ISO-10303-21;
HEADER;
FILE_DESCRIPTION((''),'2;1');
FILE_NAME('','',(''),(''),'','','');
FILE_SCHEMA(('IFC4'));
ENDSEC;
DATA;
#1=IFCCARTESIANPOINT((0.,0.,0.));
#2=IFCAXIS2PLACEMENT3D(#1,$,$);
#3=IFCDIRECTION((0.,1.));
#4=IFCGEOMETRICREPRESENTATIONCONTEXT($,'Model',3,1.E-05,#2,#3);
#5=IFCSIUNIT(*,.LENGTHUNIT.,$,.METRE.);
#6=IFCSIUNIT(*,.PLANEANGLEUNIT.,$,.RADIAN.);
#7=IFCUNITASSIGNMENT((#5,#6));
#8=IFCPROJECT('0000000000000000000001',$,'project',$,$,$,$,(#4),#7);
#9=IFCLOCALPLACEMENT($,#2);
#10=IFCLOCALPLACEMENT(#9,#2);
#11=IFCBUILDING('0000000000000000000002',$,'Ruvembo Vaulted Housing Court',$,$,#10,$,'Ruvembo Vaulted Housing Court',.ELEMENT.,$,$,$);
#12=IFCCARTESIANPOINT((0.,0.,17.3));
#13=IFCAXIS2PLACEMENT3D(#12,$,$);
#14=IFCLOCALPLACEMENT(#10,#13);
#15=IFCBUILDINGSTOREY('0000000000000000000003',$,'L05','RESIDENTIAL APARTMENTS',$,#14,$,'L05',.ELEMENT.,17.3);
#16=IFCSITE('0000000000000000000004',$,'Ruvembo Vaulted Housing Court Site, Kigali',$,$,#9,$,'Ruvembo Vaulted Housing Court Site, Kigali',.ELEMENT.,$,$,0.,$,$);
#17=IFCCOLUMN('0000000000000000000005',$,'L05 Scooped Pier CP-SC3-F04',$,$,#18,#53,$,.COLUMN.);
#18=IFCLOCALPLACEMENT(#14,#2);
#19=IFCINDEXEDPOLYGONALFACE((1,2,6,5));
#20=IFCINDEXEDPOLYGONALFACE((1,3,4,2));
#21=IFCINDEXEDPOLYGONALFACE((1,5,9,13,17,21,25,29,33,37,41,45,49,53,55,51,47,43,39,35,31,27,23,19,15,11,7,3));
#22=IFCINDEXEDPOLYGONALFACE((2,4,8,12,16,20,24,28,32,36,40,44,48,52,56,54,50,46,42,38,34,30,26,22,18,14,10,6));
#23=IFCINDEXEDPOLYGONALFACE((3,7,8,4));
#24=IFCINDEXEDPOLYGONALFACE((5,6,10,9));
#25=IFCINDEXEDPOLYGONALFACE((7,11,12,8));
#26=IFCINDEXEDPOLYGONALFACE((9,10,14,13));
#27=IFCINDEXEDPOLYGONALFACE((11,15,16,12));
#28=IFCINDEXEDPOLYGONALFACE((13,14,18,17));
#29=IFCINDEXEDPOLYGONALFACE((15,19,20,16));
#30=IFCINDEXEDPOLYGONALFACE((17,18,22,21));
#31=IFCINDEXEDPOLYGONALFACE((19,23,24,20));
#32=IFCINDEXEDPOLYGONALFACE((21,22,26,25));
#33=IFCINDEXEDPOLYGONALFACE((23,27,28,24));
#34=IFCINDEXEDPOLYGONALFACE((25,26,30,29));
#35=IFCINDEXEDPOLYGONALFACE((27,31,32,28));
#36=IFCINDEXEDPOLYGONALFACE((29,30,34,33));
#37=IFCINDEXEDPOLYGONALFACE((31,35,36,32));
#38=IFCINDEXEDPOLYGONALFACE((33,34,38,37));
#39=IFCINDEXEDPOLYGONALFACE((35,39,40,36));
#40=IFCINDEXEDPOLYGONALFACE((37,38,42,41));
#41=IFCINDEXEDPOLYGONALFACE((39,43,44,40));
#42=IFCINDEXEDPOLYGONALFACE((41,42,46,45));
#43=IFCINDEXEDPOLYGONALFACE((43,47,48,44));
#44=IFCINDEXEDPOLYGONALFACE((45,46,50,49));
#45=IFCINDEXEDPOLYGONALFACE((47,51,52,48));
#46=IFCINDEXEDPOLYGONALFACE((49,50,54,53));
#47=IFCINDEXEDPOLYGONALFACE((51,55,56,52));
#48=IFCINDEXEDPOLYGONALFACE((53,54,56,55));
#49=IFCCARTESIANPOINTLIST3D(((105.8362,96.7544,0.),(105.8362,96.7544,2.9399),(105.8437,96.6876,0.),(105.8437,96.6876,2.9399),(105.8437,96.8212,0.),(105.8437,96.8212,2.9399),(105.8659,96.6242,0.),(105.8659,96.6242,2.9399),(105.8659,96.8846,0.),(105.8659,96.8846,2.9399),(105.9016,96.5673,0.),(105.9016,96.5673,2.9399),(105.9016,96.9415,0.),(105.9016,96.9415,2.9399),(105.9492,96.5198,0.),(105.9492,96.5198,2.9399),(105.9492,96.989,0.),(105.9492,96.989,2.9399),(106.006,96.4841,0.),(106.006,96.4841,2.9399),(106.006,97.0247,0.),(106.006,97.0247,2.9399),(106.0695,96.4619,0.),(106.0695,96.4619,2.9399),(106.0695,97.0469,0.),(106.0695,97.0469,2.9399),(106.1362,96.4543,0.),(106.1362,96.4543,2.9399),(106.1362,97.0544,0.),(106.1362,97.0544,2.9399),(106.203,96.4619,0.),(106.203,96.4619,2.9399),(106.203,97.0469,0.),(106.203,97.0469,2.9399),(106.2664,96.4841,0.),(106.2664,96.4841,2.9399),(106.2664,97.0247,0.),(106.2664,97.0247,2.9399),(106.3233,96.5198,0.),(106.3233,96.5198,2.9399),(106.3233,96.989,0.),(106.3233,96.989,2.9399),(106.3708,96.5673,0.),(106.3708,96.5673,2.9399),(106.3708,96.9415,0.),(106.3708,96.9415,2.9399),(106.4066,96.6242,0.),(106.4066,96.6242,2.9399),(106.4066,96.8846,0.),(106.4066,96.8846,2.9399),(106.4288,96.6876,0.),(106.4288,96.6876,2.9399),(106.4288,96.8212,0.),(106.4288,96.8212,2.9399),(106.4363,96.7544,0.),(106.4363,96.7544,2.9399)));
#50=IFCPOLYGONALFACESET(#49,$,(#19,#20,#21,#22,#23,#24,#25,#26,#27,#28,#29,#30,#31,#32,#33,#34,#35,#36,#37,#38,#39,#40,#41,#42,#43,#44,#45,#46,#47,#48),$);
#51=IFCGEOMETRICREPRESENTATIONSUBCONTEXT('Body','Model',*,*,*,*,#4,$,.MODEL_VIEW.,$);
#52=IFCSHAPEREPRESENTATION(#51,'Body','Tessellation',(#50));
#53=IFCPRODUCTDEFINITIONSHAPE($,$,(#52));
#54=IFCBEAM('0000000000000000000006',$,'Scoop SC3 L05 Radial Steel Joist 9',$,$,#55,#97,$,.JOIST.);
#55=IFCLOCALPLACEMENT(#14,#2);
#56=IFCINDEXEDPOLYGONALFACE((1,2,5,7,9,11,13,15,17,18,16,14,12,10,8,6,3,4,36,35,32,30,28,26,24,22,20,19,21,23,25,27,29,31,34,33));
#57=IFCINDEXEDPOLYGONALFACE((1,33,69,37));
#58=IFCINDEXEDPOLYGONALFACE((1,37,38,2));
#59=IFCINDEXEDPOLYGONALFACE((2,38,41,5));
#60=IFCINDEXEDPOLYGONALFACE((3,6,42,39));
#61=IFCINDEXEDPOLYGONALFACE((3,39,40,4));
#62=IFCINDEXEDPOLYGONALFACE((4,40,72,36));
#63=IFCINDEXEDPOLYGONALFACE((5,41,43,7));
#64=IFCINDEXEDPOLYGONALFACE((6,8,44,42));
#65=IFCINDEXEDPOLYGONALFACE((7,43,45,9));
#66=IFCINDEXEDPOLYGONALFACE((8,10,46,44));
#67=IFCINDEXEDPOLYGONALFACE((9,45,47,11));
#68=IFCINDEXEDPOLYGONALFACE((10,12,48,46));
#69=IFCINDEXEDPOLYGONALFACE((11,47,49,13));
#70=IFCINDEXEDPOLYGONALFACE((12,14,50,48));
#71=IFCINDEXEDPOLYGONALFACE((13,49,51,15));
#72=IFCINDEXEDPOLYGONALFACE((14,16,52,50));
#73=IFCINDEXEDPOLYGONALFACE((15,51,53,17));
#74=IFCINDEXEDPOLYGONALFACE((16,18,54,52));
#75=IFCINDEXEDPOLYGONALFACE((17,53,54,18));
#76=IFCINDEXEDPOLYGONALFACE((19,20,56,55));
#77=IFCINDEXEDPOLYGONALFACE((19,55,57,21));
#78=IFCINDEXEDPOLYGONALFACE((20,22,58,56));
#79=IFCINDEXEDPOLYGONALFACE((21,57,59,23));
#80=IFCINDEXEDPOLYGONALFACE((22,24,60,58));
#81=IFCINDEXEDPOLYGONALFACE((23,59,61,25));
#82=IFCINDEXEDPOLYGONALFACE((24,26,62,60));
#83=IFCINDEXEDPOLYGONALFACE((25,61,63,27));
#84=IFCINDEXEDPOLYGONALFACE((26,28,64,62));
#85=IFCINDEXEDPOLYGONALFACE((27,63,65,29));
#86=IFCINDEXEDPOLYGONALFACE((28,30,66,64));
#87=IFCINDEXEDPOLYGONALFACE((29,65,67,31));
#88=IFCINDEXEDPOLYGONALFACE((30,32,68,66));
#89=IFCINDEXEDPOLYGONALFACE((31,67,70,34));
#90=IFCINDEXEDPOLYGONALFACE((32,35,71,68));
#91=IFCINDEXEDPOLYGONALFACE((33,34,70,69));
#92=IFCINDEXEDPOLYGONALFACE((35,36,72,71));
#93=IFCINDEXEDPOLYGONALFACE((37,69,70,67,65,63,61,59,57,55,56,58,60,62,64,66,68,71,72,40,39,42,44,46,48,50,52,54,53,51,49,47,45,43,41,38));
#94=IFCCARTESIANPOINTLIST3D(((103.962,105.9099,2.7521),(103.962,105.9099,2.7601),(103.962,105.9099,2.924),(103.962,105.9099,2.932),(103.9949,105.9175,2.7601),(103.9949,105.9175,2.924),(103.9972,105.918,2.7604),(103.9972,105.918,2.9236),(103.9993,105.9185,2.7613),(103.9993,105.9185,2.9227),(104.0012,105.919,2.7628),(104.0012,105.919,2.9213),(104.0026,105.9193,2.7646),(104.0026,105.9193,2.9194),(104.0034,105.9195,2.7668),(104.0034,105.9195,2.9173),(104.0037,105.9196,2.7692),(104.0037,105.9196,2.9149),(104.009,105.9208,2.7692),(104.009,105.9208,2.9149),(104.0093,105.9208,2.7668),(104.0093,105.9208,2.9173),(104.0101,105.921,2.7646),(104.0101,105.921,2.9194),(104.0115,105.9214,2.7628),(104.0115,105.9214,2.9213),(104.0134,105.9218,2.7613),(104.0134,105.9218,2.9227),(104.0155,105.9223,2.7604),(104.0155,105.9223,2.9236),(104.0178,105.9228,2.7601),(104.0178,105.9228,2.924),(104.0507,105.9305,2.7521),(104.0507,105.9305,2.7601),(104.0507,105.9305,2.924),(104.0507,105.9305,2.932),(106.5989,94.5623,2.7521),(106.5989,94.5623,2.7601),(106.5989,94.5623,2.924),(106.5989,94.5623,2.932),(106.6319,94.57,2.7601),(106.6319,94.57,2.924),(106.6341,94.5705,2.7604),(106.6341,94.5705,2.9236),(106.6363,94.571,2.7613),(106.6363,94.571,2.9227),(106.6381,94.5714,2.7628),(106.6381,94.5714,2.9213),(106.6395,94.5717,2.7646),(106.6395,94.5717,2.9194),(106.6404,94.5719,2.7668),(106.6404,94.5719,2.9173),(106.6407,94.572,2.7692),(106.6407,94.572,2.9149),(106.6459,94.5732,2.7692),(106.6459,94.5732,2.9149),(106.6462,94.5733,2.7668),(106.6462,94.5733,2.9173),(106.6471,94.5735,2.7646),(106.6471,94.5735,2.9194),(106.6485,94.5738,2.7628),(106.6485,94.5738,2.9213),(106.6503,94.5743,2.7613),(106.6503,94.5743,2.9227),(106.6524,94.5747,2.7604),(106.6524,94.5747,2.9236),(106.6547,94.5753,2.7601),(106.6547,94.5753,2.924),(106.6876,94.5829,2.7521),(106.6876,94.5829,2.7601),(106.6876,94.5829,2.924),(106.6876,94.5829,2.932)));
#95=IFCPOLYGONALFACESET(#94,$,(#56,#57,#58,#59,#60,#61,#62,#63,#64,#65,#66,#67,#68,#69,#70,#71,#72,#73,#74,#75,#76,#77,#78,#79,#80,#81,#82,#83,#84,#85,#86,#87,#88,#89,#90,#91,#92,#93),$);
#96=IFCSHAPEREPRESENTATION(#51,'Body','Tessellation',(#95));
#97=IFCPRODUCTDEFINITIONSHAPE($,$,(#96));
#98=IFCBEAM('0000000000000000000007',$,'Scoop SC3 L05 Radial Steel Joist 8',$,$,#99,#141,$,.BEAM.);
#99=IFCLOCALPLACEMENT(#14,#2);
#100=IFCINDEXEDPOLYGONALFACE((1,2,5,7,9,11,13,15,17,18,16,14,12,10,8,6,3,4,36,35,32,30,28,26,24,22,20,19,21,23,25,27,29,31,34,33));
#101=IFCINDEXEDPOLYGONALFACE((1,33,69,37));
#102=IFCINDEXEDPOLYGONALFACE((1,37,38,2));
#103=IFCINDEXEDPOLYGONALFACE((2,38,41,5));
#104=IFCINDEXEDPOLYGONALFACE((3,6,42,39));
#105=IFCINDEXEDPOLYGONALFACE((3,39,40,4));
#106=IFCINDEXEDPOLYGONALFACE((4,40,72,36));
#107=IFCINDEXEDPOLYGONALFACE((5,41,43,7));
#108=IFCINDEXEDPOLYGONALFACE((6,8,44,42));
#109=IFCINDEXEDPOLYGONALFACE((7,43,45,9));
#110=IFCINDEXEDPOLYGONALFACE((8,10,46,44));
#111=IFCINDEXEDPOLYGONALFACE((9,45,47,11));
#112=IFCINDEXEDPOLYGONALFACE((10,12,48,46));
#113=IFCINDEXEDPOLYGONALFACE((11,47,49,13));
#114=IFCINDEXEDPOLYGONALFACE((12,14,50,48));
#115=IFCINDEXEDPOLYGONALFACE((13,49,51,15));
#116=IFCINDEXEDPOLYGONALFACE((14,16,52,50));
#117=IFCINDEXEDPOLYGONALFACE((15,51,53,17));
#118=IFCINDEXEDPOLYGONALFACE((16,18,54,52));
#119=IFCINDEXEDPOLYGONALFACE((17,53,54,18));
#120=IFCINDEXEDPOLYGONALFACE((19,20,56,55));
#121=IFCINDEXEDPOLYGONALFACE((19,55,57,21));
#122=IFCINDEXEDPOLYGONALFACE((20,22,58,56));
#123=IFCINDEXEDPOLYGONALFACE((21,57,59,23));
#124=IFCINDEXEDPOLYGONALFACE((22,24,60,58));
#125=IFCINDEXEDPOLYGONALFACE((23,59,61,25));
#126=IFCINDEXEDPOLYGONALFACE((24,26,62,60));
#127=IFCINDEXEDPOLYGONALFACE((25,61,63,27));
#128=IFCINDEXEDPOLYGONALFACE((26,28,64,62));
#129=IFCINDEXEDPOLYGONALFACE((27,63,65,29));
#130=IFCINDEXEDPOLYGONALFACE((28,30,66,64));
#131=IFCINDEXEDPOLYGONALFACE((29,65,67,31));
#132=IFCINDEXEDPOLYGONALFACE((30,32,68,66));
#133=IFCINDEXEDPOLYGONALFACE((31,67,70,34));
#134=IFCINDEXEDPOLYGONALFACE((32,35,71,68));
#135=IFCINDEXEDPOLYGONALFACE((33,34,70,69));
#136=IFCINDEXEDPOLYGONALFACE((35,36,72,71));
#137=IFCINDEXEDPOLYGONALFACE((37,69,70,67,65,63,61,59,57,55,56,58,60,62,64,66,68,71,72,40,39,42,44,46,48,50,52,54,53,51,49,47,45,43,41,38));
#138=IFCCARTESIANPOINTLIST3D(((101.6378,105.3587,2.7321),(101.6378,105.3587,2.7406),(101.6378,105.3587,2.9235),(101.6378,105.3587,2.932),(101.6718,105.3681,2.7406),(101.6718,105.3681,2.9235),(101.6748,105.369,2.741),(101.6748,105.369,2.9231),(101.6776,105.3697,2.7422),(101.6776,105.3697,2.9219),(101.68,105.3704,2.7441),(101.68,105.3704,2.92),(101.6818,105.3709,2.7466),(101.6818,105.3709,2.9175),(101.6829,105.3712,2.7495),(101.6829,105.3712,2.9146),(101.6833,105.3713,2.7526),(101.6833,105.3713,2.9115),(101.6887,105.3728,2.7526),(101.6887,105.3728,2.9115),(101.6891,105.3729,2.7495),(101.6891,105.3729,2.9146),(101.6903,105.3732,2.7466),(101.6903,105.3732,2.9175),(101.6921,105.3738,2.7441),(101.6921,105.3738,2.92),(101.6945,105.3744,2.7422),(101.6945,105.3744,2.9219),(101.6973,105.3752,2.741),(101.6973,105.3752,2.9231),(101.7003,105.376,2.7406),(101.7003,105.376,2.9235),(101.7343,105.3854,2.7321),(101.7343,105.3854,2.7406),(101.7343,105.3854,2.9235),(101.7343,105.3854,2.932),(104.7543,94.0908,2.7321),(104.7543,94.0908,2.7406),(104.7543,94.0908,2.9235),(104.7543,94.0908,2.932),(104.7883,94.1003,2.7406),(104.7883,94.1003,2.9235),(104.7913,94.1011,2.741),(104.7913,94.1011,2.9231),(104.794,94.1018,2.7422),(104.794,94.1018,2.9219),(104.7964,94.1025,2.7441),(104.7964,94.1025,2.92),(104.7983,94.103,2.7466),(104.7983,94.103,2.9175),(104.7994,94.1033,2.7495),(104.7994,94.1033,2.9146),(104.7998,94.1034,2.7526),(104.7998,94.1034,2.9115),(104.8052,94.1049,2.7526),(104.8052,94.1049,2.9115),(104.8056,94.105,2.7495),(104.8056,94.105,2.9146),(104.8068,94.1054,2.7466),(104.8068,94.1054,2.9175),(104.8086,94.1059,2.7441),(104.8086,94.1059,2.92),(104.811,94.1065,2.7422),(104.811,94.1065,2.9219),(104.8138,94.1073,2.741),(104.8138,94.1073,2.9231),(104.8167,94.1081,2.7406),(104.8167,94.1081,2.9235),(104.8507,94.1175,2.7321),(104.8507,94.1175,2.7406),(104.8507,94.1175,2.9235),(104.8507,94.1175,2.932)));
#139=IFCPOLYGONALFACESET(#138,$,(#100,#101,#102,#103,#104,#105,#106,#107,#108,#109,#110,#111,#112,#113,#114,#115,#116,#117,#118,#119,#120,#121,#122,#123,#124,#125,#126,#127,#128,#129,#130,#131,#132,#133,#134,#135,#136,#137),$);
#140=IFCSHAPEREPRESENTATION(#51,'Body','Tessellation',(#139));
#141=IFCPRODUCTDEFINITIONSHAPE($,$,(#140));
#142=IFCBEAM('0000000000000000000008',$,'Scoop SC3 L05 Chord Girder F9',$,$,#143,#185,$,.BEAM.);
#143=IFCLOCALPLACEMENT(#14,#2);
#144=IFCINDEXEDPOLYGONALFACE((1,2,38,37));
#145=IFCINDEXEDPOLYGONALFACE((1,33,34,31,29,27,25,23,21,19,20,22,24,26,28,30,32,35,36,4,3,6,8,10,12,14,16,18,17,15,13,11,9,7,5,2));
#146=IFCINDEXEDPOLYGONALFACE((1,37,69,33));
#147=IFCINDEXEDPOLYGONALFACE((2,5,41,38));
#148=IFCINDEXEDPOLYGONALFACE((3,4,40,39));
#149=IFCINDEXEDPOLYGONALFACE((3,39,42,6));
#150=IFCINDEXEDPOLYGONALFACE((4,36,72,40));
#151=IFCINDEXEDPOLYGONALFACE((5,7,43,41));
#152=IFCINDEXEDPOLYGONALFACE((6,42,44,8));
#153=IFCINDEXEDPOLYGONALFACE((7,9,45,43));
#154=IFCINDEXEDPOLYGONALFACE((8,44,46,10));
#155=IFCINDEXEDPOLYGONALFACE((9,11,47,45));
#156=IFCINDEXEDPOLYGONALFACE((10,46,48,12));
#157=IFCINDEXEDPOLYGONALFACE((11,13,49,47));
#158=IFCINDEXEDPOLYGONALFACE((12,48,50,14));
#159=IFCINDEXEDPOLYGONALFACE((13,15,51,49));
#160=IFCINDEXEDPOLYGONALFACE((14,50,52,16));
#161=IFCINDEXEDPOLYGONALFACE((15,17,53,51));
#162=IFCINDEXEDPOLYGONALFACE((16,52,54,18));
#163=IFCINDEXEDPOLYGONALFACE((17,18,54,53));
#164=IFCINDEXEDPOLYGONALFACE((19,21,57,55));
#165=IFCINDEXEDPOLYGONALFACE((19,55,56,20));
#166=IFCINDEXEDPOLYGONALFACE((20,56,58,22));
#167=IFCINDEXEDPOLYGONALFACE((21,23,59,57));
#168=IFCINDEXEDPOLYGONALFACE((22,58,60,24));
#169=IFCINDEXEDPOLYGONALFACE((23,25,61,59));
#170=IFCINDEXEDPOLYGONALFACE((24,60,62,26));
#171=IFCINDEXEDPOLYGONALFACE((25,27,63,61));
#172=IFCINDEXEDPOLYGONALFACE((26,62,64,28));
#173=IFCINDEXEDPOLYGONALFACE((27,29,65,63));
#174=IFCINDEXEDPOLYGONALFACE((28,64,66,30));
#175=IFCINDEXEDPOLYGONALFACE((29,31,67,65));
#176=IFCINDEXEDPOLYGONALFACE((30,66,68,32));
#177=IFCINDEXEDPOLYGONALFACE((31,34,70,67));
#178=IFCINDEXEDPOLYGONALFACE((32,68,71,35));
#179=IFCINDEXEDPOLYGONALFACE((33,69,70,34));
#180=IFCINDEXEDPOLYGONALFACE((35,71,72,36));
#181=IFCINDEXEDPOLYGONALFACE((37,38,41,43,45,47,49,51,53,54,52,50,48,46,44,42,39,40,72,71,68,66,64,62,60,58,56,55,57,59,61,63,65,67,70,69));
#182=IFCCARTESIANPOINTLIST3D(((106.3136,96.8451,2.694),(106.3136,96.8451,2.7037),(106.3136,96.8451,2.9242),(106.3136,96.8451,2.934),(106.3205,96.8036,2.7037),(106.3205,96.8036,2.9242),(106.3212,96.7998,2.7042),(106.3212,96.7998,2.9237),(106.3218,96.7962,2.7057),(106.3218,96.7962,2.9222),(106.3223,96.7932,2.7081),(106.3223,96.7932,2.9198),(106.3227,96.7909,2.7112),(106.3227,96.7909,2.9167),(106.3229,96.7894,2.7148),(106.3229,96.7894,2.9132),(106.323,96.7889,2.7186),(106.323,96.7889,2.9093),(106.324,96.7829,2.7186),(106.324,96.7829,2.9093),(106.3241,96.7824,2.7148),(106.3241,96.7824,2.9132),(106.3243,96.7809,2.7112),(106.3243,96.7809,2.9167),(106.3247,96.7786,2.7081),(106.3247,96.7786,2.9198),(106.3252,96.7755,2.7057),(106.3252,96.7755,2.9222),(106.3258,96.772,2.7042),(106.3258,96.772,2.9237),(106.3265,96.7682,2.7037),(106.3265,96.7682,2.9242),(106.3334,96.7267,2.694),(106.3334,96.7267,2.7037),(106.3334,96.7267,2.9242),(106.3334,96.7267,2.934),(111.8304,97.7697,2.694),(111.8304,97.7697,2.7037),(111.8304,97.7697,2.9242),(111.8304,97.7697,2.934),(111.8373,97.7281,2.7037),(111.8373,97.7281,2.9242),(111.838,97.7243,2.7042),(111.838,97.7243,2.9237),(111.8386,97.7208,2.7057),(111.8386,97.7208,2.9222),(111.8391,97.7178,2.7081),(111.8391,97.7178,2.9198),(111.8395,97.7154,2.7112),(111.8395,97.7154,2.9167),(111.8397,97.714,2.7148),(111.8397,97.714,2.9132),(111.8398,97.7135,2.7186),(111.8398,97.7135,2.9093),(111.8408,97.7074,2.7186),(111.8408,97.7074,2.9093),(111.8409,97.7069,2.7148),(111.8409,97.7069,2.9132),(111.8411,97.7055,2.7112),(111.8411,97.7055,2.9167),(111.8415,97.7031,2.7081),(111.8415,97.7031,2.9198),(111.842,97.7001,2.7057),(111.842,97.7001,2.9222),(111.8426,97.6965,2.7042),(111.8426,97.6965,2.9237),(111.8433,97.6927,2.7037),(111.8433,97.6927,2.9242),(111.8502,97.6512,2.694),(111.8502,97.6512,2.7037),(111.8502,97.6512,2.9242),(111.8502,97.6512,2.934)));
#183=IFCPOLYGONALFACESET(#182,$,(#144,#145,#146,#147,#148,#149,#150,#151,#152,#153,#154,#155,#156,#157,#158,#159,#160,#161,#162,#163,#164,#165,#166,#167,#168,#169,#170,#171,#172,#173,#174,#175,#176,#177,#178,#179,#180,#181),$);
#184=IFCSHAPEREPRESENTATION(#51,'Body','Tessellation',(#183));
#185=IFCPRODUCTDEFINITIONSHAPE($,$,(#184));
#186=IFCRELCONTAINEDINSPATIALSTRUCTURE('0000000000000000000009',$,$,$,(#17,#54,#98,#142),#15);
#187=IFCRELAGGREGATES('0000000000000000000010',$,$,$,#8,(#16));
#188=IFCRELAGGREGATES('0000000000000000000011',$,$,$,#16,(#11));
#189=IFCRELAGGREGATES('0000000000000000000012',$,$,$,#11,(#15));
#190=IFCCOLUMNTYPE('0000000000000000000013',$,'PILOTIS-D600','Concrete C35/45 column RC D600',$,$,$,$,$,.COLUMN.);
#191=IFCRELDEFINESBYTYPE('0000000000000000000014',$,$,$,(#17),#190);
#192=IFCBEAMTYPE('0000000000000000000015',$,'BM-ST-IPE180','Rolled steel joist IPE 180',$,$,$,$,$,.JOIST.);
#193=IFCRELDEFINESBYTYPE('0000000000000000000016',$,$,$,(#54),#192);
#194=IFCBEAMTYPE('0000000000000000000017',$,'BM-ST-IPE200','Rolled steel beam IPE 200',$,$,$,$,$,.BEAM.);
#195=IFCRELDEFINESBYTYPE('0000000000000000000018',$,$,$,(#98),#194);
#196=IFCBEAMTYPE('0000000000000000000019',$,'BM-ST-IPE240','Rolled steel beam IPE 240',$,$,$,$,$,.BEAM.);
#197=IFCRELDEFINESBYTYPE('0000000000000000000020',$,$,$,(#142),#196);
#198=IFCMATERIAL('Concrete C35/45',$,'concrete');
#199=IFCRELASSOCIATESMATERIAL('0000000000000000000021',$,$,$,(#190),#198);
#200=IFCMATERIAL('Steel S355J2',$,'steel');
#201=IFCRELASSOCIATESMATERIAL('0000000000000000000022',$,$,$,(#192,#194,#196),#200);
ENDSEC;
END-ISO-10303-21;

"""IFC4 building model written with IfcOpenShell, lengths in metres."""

from ifc_helpers import new_model, si_unit, direction, frame, origin, origin_2d, place, context, subcontext, project, spatial, circle, i_section, extrude, material, material_profile, profile_set, type_object, element, save


model = new_model("IFC4")

# Units and contexts
model_context = context("Model", 3, precision=1e-05, world=origin(), true_north=direction((0.0, 1.0)))
body_context = subcontext(model_context, "Body", "Model", "MODEL_VIEW")
ifc_project = project(units=[si_unit("LENGTHUNIT", "METRE"), si_unit("PLANEANGLEUNIT", "RADIAN")], contexts=[model_context])

# Site, building, storey
site_placement = place(None, origin())
site = spatial("IfcSite", under=ifc_project, at=site_placement, Name="Ruvembo Vaulted Housing Court Site, Kigali", LongName="Ruvembo Vaulted Housing Court Site, Kigali", CompositionType="ELEMENT", RefElevation=0.0)
building_placement = place(site_placement, origin())
building = spatial("IfcBuilding", under=site, at=building_placement, Name="Ruvembo Vaulted Housing Court", LongName="Ruvembo Vaulted Housing Court", CompositionType="ELEMENT")
storey_placement = place(building_placement, frame((0.0, 0.0, 17.3)))
storey = spatial("IfcBuildingStorey", under=building, at=storey_placement, Name="L05", Description="RESIDENTIAL APARTMENTS", LongName="L05", CompositionType="ELEMENT", Elevation=17.3)

# Column
ifc_material_1 = material(Name="Concrete C35/45", Category="concrete")
ifc_material_profile_1 = material_profile(ifc_material_1, circle(Radius=0.3, at=origin_2d()), Name="RC D600")
ifc_profile_set_1 = profile_set([ifc_material_profile_1], Name="Concrete C35/45")
column_type = type_object("IfcColumnType", Name="PILOTIS-D600", Description="Concrete C35/45 column RC D600", PredefinedType="COLUMN", material=ifc_profile_set_1)
column_placement = place(storey_placement, frame((106.1362, 96.7544, 0.0), z_axis=(0.0, 0.0, 1.0), x_axis=(1.0, 0.0, 0.0)))
element("IfcColumn", 1, at=column_placement, inside=storey, type_object=column_type, Name="L05 Scooped Pier CP-SC3-F04", PredefinedType="COLUMN", context=body_context, shape_type="SweptSolid", body=[
    extrude(circle(Radius=0.3, at=origin_2d()), origin(), (0.0, 0.0, 1.0), 2.9399),
])

# Beams
ifc_material_2 = material(Name="Steel S355J2", Category="steel")
ifc_material_profile_2 = material_profile(ifc_material_2, i_section(OverallWidth=0.0911, OverallDepth=0.1799, WebThickness=0.0054, FlangeThickness=0.0081, FilletRadius=0.009, at=origin_2d()), Name="IPE 180")
ifc_profile_set_2 = profile_set([ifc_material_profile_2], Name="Steel S355J2")
beam_type_1 = type_object("IfcBeamType", Name="BM-ST-IPE180", Description="Rolled steel joist IPE 180", PredefinedType="JOIST", material=ifc_profile_set_2)
beam_1_placement = place(storey_placement, frame((104.0063, 105.9202, 2.842), z_axis=(0.226348, -0.974046, 0.0), x_axis=(0.974046, 0.226348, 0.0)))
element("IfcBeam", 2, at=beam_1_placement, inside=storey, type_object=beam_type_1, Name="Scoop SC3 L05 Radial Steel Joist 9", PredefinedType="JOIST", context=body_context, shape_type="SweptSolid", body=[
    extrude(i_section(OverallWidth=0.0911, OverallDepth=0.1799, WebThickness=0.0054, FlangeThickness=0.0081, FilletRadius=0.009, at=origin_2d()), origin(), (0.0, 0.0, 1.0), 11.6499),
])
ifc_material_profile_3 = material_profile(ifc_material_2, i_section(OverallWidth=0.1001, OverallDepth=0.2, WebThickness=0.0056, FlangeThickness=0.0085, FilletRadius=0.012, at=origin_2d()), Name="IPE 200")
ifc_profile_set_3 = profile_set([ifc_material_profile_3], Name="Steel S355J2")
beam_type_2 = type_object("IfcBeamType", Name="BM-ST-IPE200", Description="Rolled steel beam IPE 200", PredefinedType="BEAM", material=ifc_profile_set_3)
beam_2_placement = place(storey_placement, frame((101.686, 105.3721, 2.832), z_axis=(0.266572, -0.963815, 0.0), x_axis=(0.963815, 0.266572, 0.0)))
element("IfcBeam", 3, at=beam_2_placement, inside=storey, type_object=beam_type_2, Name="Scoop SC3 L05 Radial Steel Joist 8", PredefinedType="BEAM", context=body_context, shape_type="SweptSolid", body=[
    extrude(i_section(OverallWidth=0.1001, OverallDepth=0.2, WebThickness=0.0056, FlangeThickness=0.0085, FilletRadius=0.012, at=origin_2d()), origin(), (0.0, 0.0, 1.0), 11.6909),
])
ifc_material_profile_4 = material_profile(ifc_material_2, i_section(OverallWidth=0.1201, OverallDepth=0.24, WebThickness=0.0061, FlangeThickness=0.0098, FilletRadius=0.0149, at=origin_2d()), Name="IPE 240")
ifc_profile_set_4 = profile_set([ifc_material_profile_4], Name="Steel S355J2")
beam_type_3 = type_object("IfcBeamType", Name="BM-ST-IPE240", Description="Rolled steel beam IPE 240", PredefinedType="BEAM", material=ifc_profile_set_4)
beam_3_placement = place(storey_placement, frame((106.3235, 96.7859, 2.814), z_axis=(0.986246, 0.165284, 0.0), x_axis=(-0.165284, 0.986246, 0.0)))
element("IfcBeam", 4, at=beam_3_placement, inside=storey, type_object=beam_type_3, Name="Scoop SC3 L05 Chord Girder F9", PredefinedType="BEAM", context=body_context, shape_type="SweptSolid", body=[
    extrude(i_section(OverallWidth=0.1201, OverallDepth=0.24, WebThickness=0.0061, FlangeThickness=0.0098, FilletRadius=0.0149, at=origin_2d()), origin(), (0.0, 0.0, 1.0), 5.5938),
])

save(model, "model.ifc")
